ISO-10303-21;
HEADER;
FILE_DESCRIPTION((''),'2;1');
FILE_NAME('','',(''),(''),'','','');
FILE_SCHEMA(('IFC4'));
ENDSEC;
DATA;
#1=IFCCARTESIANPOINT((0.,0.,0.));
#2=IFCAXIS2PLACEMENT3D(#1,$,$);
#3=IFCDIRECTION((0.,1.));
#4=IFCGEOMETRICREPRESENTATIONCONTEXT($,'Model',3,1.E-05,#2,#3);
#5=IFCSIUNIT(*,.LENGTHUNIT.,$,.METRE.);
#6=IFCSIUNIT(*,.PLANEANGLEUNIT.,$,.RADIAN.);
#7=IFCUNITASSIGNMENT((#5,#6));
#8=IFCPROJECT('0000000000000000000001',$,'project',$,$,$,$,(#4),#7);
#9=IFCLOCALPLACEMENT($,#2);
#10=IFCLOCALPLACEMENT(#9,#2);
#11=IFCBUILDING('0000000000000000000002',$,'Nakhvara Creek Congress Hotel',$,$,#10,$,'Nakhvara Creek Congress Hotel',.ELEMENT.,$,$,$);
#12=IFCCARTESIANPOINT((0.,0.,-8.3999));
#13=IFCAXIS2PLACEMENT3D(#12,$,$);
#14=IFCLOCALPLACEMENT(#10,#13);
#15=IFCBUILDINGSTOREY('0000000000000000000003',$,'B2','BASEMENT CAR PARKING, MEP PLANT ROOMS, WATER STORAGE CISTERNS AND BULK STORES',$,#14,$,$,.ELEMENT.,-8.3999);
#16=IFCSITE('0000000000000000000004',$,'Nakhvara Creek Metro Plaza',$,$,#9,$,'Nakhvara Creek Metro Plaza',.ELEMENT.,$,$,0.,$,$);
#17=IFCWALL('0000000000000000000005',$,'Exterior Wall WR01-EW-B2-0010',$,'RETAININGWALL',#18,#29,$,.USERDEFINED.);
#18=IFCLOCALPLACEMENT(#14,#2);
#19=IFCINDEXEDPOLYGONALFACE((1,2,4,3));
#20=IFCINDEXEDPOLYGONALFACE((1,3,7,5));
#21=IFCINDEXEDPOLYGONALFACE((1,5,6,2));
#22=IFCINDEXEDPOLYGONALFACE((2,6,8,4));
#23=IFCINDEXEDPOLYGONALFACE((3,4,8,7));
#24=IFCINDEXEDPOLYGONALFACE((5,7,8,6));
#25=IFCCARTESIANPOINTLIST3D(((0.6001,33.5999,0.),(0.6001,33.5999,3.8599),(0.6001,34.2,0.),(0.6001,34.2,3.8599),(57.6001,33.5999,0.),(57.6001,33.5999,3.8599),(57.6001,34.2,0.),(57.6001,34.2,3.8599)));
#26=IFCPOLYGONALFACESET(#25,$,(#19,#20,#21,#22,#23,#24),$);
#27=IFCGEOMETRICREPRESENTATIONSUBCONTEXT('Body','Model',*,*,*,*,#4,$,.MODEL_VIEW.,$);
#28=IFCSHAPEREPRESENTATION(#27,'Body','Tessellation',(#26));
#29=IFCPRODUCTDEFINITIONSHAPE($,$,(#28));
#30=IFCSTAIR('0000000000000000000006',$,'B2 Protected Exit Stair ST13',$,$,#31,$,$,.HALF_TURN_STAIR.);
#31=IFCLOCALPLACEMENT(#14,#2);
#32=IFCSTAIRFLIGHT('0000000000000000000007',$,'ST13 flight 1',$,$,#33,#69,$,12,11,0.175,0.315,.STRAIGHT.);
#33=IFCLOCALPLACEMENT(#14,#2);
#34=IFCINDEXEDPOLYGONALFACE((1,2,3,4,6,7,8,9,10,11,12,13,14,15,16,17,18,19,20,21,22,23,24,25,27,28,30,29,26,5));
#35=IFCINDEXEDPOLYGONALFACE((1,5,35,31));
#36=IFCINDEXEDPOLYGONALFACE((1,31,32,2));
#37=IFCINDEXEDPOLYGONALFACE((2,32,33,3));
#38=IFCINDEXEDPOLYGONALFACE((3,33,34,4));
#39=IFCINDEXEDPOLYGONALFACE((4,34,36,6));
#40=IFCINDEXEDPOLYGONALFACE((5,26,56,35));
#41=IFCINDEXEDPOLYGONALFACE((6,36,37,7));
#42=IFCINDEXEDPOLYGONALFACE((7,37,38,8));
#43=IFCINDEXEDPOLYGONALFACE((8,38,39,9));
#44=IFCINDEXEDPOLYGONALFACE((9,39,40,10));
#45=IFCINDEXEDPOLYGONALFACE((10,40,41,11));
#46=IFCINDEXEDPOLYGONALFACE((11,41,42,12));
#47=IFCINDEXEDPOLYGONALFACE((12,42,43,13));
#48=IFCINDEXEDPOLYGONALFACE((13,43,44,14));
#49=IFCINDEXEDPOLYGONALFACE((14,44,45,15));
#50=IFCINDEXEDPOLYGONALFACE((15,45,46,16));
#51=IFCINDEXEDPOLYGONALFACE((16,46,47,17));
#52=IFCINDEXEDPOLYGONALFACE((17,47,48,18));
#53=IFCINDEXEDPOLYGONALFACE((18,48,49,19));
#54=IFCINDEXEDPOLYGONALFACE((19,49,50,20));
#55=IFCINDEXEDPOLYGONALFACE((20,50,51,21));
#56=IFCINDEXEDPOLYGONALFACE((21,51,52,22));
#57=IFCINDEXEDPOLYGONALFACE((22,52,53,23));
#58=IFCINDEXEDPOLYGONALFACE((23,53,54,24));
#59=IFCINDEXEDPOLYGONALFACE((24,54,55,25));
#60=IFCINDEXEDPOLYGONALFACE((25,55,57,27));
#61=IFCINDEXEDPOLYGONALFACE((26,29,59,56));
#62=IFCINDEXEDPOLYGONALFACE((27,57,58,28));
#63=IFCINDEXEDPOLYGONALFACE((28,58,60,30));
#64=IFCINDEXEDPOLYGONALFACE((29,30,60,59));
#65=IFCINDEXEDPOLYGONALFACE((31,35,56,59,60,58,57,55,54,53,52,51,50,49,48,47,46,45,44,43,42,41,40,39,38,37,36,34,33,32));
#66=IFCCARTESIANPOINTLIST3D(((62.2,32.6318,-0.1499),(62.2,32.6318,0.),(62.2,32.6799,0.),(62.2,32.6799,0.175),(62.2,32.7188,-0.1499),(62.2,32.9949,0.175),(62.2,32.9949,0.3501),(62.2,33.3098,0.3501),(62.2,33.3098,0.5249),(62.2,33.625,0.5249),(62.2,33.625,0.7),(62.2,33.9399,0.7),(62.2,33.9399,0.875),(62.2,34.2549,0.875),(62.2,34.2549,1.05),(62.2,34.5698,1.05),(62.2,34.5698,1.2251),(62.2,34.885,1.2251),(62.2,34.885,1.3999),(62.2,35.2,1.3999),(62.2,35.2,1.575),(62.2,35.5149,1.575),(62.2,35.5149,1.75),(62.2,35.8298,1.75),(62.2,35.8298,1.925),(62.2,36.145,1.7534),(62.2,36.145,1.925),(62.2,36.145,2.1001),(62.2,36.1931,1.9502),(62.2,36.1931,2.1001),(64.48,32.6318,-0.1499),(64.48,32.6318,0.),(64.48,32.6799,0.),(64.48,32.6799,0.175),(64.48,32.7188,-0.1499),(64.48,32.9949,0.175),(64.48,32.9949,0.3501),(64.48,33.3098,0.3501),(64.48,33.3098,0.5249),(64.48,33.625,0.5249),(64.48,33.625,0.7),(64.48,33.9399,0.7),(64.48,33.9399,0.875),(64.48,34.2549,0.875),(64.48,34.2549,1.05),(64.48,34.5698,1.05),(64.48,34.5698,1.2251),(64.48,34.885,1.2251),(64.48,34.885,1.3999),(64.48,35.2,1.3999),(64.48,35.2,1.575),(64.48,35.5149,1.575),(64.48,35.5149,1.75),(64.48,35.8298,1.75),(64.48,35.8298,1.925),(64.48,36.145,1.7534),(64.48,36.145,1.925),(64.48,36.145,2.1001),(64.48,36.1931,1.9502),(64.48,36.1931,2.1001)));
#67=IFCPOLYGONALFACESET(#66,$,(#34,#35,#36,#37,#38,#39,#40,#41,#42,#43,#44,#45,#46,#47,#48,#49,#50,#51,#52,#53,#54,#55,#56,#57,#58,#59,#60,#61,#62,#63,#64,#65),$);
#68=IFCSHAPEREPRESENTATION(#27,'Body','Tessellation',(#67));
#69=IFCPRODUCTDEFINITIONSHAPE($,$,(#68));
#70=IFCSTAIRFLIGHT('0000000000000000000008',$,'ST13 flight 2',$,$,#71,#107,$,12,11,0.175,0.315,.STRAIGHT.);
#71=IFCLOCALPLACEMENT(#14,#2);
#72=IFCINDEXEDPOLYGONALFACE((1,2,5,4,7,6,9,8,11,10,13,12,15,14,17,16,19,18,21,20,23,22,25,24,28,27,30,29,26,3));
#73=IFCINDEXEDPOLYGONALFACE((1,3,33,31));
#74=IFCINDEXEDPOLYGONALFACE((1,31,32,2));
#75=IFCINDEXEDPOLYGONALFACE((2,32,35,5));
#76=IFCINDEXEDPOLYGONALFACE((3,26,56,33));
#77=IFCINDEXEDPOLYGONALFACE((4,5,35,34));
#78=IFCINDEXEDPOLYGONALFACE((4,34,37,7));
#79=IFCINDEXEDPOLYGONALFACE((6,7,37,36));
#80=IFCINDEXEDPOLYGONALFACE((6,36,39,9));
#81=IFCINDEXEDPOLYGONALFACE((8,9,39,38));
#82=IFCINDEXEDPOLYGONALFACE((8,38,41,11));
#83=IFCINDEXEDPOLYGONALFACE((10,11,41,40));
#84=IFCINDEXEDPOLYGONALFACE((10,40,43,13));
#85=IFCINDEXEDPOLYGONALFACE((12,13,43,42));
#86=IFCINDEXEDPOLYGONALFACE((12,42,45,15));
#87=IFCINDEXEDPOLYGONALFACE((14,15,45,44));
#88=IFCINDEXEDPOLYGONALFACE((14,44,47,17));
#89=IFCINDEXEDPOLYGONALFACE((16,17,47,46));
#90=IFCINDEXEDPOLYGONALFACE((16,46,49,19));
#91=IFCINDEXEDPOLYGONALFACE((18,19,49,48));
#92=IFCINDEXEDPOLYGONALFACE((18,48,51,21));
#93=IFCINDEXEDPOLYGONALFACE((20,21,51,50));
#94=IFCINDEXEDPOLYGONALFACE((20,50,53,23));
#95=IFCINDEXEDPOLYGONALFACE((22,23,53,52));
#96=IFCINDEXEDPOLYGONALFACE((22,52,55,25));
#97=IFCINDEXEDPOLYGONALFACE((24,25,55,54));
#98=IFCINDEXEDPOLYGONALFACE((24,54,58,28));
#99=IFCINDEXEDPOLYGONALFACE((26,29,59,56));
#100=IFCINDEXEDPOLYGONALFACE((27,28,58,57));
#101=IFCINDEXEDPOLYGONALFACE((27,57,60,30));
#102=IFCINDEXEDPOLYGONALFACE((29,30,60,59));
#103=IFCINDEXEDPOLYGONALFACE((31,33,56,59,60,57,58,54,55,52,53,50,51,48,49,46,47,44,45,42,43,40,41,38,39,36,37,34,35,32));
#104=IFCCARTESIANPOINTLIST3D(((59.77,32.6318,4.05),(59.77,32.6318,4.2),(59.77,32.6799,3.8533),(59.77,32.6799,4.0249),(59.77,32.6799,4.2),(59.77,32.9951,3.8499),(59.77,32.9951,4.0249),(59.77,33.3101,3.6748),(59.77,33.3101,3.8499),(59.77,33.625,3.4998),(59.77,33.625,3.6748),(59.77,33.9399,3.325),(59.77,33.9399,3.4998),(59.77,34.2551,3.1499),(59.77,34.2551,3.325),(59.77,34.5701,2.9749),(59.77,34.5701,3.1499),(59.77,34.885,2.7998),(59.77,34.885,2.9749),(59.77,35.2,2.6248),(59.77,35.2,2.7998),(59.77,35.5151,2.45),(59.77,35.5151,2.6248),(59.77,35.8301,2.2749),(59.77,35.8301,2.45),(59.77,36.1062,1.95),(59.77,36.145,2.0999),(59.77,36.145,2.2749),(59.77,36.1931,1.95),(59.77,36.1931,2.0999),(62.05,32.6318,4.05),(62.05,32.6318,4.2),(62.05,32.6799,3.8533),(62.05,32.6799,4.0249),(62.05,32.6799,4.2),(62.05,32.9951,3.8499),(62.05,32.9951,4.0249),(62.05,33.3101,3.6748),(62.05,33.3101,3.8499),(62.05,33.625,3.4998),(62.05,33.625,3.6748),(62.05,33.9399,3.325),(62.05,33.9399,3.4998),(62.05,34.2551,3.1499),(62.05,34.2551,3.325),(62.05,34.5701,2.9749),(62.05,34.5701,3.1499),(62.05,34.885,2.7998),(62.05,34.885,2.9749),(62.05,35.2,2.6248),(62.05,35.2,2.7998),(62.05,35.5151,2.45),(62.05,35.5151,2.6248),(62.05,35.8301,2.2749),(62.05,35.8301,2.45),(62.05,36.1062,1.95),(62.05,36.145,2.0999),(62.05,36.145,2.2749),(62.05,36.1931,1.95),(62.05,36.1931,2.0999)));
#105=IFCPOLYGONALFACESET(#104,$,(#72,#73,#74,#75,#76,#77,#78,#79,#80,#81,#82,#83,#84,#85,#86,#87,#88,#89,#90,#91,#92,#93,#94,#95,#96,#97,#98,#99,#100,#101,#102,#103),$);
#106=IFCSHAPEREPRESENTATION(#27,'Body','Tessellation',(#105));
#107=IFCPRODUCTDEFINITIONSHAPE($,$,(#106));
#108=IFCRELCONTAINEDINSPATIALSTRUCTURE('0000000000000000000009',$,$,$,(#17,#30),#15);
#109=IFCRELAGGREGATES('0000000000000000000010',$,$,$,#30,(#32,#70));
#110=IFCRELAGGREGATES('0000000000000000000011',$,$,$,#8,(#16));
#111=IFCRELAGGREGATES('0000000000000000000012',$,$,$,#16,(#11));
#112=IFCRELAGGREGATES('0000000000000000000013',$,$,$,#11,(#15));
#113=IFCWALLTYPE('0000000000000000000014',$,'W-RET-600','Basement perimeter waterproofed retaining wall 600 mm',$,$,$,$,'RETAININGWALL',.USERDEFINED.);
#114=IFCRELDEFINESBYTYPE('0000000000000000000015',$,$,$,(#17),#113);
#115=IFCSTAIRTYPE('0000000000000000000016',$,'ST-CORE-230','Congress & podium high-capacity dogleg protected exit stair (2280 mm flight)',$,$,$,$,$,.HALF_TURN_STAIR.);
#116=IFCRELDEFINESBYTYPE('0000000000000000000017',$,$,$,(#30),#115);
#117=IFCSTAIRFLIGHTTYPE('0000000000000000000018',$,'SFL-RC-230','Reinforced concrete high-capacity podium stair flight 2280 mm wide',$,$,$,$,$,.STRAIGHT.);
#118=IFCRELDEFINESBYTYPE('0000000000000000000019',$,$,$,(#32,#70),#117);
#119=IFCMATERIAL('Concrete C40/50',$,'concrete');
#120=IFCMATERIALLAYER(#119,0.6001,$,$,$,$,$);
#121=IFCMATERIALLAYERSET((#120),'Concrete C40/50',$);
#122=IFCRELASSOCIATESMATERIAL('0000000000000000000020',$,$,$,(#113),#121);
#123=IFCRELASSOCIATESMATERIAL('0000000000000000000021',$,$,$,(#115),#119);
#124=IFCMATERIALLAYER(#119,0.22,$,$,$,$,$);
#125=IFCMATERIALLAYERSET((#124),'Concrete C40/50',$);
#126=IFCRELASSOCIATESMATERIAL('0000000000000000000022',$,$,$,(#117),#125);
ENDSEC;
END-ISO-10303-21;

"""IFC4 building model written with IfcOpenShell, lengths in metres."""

from ifc_helpers import new_model, si_unit, direction, frame, frame_2d, origin, place, context, subcontext, project, spatial, polyline, rectangle, outline, extrude, material, layer, layer_set, type_object, element, aggregate, save


model = new_model("IFC4")

# Units and contexts
model_context = context("Model", 3, precision=1e-05, world=origin(), true_north=direction((0.0, 1.0)))
body_context = subcontext(model_context, "Body", "Model", "MODEL_VIEW")
ifc_project = project(units=[si_unit("LENGTHUNIT", "METRE"), si_unit("PLANEANGLEUNIT", "RADIAN")], contexts=[model_context])

# Site, building, storey
site_placement = place(None, origin())
site = spatial("IfcSite", under=ifc_project, at=site_placement, Name="Nakhvara Creek Metro Plaza", LongName="Nakhvara Creek Metro Plaza", CompositionType="ELEMENT", RefElevation=0.0)
building_placement = place(site_placement, origin())
building = spatial("IfcBuilding", under=site, at=building_placement, Name="Nakhvara Creek Congress Hotel", LongName="Nakhvara Creek Congress Hotel", CompositionType="ELEMENT")
storey_placement = place(building_placement, frame((0.0, 0.0, -8.3999)))
storey = spatial("IfcBuildingStorey", under=building, at=storey_placement, Name="B2", Description="BASEMENT CAR PARKING, MEP PLANT ROOMS, WATER STORAGE CISTERNS AND BULK STORES", CompositionType="ELEMENT", Elevation=-8.3999)

# Shared definitions
ifc_material_1 = material(Name="Concrete C40/50", Category="concrete")

# Wall
ifc_layer_1 = layer(ifc_material_1, 0.6001)
ifc_layer_set_1 = layer_set([ifc_layer_1], Name="Concrete C40/50")
wall_type_1 = type_object("IfcWallType", Name="W-RET-600", Description="Basement perimeter waterproofed retaining wall 600 mm", ElementType="RETAININGWALL", PredefinedType="USERDEFINED", material=ifc_layer_set_1)
wall_1_placement = place(storey_placement, frame((57.6001, 33.8999, 0.0), z_axis=(0.0, 0.0, 1.0), x_axis=(-1.0, 0.0, 0.0)))
element("IfcWall", 1, at=wall_1_placement, inside=storey, type_object=wall_type_1, Name="Exterior Wall WR01-EW-B2-0010", ObjectType="RETAININGWALL", PredefinedType="USERDEFINED", context=body_context, shape_type="SweptSolid", body=[
    extrude(rectangle(XDim=57.0, YDim=0.6001, at=frame_2d((28.5, 0.0))), origin(), (0.0, 0.0, 1.0), 3.8599),
])

# Stair, stair flights
stair_type = type_object("IfcStairType", Name="ST-CORE-230", Description="Congress & podium high-capacity dogleg protected exit stair (2280 mm flight)", PredefinedType="HALF_TURN_STAIR", material=ifc_material_1)
stair_placement = place(storey_placement, origin())
stair = element("IfcStair", 2, at=stair_placement, inside=storey, type_object=stair_type, Name="B2 Protected Exit Stair ST13", PredefinedType="HALF_TURN_STAIR")
ifc_layer_2 = layer(ifc_material_1, 0.22)
ifc_layer_set_2 = layer_set([ifc_layer_2], Name="Concrete C40/50")
stair_flight_type = type_object("IfcStairFlightType", Name="SFL-RC-230", Description="Reinforced concrete high-capacity podium stair flight 2280 mm wide", PredefinedType="STRAIGHT", material=ifc_layer_set_2)
stair_flight_1_placement = place(storey_placement, frame((63.3401, 32.6799, 0.0), z_axis=(0.0, 0.0, 1.0), x_axis=(0.0, 1.0, 0.0)))
stair_flight_1 = element("IfcStairFlight", 3, at=stair_flight_1_placement, type_object=stair_flight_type, Name="ST13 flight 1", NumberOfRisers=12, NumberOfTreads=11, PredefinedType="STRAIGHT", RiserHeight=0.175, TreadLength=0.315, context=body_context, shape_type="SweptSolid", body=[
    extrude(outline(polyline([(-0.0481, 0.0), (0.0, 0.0), (0.0, 0.175), (0.3149, 0.175), (0.3149, 0.3501), (0.6299, 0.3501), (0.6299, 0.5249), (0.9451, 0.5249), (0.9451, 0.7), (1.26, 0.7), (1.26, 0.875), (1.575, 0.875), (1.575, 1.05), (1.8899, 1.05), (1.8899, 1.2251), (2.2051, 1.2251), (2.2051, 1.3999), (2.52, 1.3999), (2.52, 1.575), (2.835, 1.575), (2.835, 1.75), (3.1499, 1.75), (3.1499, 1.925), (3.4651, 1.925), (3.4651, 2.1001), (3.5132, 2.1001), (3.5132, 1.9502), (3.4651, 1.7534), (0.0388, -0.1499), (-0.0481, -0.1499), (-0.0481, 0.0)])), frame((0.0, 1.1401, 0.0), z_axis=(0.0, -1.0, 0.0), x_axis=(1.0, 0.0, 0.0)), (0.0, 0.0, 1.0), 2.28),
])
stair_flight_2_placement = place(storey_placement, frame((60.9099, 36.145, 2.0999), z_axis=(0.0, 0.0, 1.0), x_axis=(0.0, -1.0, 0.0)))
stair_flight_2 = element("IfcStairFlight", 4, at=stair_flight_2_placement, type_object=stair_flight_type, Name="ST13 flight 2", NumberOfRisers=12, NumberOfTreads=11, PredefinedType="STRAIGHT", RiserHeight=0.175, TreadLength=0.315, context=body_context, shape_type="SweptSolid", body=[
    extrude(outline(polyline([(-0.0481, 0.0), (0.0, 0.0), (0.0, 0.175), (0.3149, 0.175), (0.3149, 0.3501), (0.6299, 0.3501), (0.6299, 0.5249), (0.9451, 0.5249), (0.9451, 0.7), (1.26, 0.7), (1.26, 0.875), (1.575, 0.875), (1.575, 1.05), (1.8899, 1.05), (1.8899, 1.2251), (2.2051, 1.2251), (2.2051, 1.3999), (2.52, 1.3999), (2.52, 1.575), (2.835, 1.575), (2.835, 1.75), (3.1499, 1.75), (3.1499, 1.925), (3.4651, 1.925), (3.4651, 2.1001), (3.5132, 2.1001), (3.5132, 1.9502), (3.4651, 1.7534), (0.0388, -0.1499), (-0.0481, -0.1499), (-0.0481, 0.0)])), frame((0.0, 1.1401, 0.0), z_axis=(0.0, -1.0, 0.0), x_axis=(1.0, 0.0, 0.0)), (0.0, 0.0, 1.0), 2.28),
])
aggregate(stair, [stair_flight_1, stair_flight_2])

save(model, "model.ifc")
